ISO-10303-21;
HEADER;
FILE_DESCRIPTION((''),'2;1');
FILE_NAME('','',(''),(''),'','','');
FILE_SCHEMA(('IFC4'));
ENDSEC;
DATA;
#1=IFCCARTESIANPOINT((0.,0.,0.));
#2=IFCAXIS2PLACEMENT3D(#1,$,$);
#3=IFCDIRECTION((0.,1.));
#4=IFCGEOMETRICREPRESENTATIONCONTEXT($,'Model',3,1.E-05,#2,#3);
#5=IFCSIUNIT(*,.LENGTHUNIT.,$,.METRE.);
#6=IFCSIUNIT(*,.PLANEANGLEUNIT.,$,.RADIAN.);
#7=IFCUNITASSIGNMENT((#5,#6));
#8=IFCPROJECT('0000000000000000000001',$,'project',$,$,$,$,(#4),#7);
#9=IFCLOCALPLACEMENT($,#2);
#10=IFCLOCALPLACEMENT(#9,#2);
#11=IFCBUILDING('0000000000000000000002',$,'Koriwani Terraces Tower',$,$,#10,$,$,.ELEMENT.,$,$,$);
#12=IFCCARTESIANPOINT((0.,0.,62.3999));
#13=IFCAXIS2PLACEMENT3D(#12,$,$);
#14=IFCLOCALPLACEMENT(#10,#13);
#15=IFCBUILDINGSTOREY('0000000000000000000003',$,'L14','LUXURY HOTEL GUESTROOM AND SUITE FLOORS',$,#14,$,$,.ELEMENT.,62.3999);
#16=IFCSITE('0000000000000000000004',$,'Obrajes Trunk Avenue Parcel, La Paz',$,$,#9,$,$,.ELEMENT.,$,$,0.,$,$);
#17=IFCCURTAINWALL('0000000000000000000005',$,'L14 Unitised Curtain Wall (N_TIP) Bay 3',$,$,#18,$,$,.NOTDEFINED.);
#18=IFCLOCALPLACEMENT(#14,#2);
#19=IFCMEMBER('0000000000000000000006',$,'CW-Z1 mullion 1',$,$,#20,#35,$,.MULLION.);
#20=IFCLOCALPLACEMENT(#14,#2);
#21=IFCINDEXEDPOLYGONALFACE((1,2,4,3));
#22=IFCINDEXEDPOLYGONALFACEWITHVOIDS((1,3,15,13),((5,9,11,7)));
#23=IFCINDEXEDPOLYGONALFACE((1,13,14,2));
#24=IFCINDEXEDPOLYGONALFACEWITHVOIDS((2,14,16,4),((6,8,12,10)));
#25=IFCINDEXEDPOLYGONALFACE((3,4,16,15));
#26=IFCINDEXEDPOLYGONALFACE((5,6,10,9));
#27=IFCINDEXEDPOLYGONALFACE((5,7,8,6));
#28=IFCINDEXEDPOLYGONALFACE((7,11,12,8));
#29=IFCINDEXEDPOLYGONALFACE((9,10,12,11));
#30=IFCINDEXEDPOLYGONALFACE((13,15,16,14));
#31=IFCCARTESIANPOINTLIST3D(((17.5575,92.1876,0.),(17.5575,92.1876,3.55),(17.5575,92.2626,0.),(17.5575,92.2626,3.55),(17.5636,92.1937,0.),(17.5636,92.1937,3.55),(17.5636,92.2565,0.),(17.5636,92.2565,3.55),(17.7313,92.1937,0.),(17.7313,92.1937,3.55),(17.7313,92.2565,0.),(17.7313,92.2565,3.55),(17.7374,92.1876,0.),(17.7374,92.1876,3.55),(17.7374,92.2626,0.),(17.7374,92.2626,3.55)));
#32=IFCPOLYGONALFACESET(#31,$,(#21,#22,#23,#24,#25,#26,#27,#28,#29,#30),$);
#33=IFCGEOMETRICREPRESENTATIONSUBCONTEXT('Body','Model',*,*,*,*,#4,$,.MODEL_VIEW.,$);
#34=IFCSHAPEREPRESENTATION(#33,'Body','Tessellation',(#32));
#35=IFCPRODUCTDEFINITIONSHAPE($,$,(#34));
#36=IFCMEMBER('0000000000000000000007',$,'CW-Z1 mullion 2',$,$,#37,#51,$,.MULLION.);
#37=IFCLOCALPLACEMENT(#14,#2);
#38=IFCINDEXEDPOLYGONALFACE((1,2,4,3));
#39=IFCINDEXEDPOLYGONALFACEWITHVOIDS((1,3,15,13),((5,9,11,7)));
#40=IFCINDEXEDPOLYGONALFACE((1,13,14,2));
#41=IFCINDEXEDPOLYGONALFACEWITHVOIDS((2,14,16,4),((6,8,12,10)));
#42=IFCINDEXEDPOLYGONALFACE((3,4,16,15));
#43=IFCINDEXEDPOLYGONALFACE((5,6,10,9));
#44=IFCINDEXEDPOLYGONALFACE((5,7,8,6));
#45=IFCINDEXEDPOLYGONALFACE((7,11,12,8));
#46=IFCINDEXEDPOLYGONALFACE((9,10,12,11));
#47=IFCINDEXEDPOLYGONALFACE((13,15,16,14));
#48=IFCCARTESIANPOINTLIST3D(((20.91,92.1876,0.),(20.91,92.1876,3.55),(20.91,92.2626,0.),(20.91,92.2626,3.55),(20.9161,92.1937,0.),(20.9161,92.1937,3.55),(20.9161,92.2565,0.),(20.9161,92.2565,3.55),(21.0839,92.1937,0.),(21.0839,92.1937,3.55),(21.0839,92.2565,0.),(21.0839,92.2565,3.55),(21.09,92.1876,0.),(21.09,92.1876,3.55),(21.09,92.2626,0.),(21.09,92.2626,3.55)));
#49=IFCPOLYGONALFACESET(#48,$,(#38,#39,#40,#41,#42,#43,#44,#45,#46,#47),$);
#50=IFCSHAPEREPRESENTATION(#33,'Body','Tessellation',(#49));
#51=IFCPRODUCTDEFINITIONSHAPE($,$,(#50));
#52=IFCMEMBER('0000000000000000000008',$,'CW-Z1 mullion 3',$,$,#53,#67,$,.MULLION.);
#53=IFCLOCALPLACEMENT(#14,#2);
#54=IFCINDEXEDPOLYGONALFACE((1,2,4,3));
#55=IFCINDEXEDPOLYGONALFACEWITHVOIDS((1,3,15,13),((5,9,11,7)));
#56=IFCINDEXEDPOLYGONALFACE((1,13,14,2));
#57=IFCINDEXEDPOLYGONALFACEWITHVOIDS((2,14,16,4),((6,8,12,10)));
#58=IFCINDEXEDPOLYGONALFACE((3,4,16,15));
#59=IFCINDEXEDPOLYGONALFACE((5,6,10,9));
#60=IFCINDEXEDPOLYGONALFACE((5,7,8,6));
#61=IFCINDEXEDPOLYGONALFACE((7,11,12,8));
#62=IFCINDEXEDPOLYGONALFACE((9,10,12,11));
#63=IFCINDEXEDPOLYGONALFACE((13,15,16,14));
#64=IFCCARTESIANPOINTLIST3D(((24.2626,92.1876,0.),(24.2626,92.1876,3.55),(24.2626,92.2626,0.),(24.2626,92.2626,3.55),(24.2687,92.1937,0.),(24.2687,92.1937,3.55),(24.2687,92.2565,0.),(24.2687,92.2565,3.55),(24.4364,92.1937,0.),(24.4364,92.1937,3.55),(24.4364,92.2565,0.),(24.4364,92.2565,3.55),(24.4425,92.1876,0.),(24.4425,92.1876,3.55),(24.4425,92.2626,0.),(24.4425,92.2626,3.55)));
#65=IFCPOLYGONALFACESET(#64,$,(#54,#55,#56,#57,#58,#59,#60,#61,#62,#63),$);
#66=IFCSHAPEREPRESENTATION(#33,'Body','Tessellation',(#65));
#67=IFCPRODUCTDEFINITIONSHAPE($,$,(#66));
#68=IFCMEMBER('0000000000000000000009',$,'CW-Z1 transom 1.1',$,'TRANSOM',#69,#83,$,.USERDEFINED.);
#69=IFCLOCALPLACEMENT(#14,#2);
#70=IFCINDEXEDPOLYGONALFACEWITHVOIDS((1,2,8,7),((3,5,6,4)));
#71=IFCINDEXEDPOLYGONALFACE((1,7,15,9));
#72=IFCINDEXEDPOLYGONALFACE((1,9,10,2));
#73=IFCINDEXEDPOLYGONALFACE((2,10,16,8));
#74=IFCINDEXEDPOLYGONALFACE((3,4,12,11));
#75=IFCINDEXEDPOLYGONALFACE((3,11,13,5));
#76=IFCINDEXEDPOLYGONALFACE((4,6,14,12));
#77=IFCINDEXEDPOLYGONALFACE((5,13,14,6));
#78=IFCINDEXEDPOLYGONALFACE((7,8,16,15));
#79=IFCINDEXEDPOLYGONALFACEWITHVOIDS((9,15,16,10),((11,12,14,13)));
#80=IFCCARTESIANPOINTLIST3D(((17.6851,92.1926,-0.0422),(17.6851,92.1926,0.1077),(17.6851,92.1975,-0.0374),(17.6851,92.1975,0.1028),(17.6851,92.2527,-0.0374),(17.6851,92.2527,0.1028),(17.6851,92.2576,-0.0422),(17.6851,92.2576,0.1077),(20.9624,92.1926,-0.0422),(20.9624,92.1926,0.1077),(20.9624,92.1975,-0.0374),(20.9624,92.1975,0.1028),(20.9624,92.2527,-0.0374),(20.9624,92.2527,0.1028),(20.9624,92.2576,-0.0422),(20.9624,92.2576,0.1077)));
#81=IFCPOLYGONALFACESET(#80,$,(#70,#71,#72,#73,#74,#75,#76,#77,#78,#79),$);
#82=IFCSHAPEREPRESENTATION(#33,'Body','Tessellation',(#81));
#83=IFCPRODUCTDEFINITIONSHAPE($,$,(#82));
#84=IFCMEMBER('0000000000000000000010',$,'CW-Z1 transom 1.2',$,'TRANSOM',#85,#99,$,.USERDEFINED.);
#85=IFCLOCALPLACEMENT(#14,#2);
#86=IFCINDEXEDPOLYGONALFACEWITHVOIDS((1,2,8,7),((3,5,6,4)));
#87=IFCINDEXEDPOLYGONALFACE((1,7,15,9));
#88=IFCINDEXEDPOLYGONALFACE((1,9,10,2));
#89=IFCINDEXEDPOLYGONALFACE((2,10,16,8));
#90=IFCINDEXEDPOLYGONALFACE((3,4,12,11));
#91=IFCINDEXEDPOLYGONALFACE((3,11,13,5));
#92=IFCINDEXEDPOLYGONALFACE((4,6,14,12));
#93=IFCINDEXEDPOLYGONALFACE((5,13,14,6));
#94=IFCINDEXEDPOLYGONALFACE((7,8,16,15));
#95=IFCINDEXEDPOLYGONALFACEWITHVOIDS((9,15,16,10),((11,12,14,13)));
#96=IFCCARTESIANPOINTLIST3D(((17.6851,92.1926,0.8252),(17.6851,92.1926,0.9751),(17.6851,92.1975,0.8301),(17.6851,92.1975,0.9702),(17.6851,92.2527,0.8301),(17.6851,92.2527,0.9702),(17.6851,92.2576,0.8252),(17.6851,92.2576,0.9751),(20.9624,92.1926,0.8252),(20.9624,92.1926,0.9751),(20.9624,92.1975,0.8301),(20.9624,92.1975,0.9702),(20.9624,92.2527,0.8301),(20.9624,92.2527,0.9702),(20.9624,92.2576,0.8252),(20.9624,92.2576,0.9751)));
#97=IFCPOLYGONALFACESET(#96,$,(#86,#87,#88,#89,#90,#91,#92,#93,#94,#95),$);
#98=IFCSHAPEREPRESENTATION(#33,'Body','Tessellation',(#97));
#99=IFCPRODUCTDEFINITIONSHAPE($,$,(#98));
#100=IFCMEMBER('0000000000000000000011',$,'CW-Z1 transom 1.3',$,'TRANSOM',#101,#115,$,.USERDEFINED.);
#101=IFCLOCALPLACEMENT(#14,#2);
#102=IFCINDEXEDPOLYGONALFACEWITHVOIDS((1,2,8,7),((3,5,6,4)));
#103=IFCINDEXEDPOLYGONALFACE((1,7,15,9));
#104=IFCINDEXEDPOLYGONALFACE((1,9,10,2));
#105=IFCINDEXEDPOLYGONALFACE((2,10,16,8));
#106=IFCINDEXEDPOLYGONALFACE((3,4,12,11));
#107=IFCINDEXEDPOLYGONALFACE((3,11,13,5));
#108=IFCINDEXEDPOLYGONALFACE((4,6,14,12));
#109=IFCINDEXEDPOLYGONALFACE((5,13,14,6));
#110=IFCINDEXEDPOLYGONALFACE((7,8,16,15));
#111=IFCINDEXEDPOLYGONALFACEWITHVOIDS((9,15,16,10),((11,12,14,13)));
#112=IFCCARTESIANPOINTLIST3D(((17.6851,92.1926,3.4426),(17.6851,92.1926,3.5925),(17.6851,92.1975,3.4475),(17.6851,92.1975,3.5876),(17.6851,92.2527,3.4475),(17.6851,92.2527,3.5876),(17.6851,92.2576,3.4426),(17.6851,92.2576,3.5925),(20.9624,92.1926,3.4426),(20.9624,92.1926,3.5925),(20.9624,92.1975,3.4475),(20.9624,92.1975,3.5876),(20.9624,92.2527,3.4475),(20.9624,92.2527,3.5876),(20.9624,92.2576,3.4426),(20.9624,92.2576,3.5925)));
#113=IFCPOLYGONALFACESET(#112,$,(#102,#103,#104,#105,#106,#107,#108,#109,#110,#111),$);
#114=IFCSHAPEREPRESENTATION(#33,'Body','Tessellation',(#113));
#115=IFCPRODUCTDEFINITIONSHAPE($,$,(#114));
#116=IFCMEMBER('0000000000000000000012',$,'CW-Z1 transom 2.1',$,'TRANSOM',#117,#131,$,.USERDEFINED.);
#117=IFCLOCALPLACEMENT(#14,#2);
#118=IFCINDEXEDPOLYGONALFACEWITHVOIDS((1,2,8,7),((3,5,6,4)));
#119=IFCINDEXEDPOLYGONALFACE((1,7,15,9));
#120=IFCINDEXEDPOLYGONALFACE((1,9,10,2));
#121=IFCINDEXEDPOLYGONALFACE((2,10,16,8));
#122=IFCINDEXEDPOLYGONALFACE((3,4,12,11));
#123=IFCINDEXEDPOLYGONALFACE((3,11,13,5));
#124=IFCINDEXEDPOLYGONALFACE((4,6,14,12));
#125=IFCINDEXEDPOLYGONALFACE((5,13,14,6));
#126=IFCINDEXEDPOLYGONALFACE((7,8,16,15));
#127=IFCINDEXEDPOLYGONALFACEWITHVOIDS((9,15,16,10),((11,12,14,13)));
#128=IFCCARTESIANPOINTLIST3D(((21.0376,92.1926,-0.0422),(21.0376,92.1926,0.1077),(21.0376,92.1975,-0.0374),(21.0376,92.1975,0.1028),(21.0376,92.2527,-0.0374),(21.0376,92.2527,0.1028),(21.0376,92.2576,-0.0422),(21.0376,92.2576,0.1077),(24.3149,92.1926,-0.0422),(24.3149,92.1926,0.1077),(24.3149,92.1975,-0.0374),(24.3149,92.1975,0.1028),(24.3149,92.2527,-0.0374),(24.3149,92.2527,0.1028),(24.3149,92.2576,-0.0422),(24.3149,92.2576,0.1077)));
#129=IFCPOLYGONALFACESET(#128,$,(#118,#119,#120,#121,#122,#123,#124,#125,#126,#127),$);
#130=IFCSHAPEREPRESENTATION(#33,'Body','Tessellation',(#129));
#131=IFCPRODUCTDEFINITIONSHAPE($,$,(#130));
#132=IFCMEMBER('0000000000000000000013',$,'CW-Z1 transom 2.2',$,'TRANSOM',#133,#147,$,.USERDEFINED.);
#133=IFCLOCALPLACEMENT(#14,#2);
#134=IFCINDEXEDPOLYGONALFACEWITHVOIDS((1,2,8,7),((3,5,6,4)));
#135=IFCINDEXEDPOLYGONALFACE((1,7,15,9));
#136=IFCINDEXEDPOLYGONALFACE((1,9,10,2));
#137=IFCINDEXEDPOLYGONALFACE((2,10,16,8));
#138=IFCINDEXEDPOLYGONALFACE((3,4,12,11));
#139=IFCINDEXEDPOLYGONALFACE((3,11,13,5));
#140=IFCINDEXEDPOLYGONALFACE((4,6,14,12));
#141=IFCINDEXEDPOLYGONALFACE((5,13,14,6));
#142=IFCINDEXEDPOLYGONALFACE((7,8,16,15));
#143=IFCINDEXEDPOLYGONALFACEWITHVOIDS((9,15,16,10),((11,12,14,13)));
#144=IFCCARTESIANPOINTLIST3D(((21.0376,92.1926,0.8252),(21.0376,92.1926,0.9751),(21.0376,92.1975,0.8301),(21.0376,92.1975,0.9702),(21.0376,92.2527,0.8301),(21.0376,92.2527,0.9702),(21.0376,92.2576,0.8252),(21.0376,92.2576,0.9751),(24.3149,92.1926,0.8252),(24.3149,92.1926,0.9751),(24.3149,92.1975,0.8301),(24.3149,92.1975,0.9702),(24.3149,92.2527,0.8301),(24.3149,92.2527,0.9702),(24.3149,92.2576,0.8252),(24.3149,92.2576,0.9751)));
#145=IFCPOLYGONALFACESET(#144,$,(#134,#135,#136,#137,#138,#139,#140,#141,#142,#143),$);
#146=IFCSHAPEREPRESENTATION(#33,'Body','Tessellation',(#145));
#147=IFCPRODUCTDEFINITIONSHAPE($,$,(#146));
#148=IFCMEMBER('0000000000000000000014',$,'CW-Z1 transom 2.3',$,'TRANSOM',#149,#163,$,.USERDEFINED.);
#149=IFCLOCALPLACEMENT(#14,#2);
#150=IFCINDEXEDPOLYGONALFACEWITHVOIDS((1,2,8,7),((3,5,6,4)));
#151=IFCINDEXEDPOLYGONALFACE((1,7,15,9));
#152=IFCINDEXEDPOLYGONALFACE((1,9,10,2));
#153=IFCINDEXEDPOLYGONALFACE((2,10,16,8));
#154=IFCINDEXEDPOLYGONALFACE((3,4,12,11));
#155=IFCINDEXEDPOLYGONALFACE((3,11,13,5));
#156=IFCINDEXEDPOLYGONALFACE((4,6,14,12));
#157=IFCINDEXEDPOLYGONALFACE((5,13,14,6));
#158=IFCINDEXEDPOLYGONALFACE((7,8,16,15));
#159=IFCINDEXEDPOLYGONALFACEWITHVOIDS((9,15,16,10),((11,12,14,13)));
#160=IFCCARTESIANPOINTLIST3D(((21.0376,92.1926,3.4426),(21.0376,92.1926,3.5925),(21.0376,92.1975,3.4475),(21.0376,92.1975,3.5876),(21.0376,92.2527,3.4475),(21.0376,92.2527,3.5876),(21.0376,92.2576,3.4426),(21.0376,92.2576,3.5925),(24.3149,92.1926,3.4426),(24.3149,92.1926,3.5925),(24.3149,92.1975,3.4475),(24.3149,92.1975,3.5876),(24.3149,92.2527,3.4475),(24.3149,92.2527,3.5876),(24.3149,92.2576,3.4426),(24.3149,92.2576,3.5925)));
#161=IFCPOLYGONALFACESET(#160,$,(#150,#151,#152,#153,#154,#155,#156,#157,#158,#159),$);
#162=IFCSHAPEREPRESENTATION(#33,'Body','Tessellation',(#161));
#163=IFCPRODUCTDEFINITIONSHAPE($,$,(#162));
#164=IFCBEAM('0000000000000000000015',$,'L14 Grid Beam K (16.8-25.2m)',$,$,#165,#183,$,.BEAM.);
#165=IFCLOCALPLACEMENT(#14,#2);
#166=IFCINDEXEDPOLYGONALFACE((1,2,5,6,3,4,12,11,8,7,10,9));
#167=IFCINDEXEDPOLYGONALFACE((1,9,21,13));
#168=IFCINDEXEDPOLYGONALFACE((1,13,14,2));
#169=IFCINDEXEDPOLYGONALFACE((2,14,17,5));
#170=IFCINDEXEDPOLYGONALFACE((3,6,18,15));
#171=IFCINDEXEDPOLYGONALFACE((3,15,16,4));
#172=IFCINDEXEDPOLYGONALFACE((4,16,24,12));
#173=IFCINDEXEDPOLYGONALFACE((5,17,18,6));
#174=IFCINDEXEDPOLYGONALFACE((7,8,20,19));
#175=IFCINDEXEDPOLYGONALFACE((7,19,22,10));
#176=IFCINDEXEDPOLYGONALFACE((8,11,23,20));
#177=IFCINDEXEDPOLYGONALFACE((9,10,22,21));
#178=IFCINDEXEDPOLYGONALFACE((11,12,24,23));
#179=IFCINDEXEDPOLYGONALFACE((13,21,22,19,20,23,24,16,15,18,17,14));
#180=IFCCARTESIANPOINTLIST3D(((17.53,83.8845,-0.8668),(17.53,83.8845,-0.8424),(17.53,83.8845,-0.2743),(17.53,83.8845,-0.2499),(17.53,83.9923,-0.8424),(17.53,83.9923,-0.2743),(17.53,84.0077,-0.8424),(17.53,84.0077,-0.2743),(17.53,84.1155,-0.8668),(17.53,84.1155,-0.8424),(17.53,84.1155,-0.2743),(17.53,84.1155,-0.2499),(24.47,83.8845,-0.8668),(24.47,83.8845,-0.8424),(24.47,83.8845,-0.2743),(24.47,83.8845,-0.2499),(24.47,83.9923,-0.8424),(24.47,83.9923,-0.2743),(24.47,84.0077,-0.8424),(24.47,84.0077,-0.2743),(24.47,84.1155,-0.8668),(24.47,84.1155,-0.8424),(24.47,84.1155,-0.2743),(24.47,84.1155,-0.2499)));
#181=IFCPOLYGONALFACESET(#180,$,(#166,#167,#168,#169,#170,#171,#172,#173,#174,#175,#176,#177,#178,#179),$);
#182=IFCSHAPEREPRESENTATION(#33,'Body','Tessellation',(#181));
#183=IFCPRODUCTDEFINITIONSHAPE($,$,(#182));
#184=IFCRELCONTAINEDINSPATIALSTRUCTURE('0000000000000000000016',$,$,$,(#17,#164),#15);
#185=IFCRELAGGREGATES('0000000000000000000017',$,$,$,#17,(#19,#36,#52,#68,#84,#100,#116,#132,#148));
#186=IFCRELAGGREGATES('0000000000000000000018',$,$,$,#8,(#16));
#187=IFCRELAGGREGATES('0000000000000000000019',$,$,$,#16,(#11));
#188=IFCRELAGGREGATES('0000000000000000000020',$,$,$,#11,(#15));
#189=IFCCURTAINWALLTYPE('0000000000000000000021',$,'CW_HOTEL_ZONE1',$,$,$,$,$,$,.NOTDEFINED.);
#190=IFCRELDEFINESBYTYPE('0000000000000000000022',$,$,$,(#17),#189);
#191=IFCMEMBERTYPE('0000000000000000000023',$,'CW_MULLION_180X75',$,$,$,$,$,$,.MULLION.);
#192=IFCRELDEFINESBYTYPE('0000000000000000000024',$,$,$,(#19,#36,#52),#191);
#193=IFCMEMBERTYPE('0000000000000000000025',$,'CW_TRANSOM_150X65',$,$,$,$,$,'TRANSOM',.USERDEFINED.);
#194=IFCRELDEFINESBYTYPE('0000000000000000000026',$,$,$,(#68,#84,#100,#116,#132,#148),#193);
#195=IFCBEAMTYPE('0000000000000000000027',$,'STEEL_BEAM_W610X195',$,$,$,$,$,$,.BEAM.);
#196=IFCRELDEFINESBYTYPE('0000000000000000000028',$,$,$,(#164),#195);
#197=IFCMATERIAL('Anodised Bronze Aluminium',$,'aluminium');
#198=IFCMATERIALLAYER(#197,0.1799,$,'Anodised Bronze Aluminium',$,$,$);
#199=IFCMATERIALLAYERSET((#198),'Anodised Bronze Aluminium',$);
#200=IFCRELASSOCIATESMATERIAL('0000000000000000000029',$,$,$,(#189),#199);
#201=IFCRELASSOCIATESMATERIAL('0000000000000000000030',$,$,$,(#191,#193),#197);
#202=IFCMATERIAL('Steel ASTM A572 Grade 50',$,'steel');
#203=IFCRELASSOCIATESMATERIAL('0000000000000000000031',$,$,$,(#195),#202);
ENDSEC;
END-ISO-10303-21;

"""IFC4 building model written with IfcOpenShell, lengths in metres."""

from ifc_helpers import new_model, si_unit, direction, frame, origin, origin_2d, place, context, subcontext, project, spatial, hollow_rectangle, i_section, extrude, material, layer, layer_set, material_profile, profile_set, type_object, element, aggregate, save


model = new_model("IFC4")

# Units and contexts
model_context = context("Model", 3, precision=1e-05, world=origin(), true_north=direction((0.0, 1.0)))
body_context = subcontext(model_context, "Body", "Model", "MODEL_VIEW")
ifc_project = project(units=[si_unit("LENGTHUNIT", "METRE"), si_unit("PLANEANGLEUNIT", "RADIAN")], contexts=[model_context])

# Site, building, storey
site_placement = place(None, origin())
site = spatial("IfcSite", under=ifc_project, at=site_placement, Name="Obrajes Trunk Avenue Parcel, La Paz", CompositionType="ELEMENT", RefElevation=0.0)
building_placement = place(site_placement, origin())
building = spatial("IfcBuilding", under=site, at=building_placement, Name="Koriwani Terraces Tower", CompositionType="ELEMENT")
storey_placement = place(building_placement, frame((0.0, 0.0, 62.3999)))
storey = spatial("IfcBuildingStorey", under=building, at=storey_placement, Name="L14", Description="LUXURY HOTEL GUESTROOM AND SUITE FLOORS", CompositionType="ELEMENT", Elevation=62.3999)

# Curtain wall, members
ifc_material_1 = material(Name="Anodised Bronze Aluminium", Category="aluminium")
ifc_layer_1 = layer(ifc_material_1, 0.1799, Name="Anodised Bronze Aluminium")
ifc_layer_set_1 = layer_set([ifc_layer_1], Name="Anodised Bronze Aluminium")
curtain_wall_type = type_object("IfcCurtainWallType", Name="CW_HOTEL_ZONE1", PredefinedType="NOTDEFINED", material=ifc_layer_set_1)
curtain_wall_placement = place(storey_placement, origin())
curtain_wall = element("IfcCurtainWall", 1, at=curtain_wall_placement, inside=storey, type_object=curtain_wall_type, Name="L14 Unitised Curtain Wall (N_TIP) Bay 3", PredefinedType="NOTDEFINED")
ifc_material_profile_1 = material_profile(ifc_material_1, hollow_rectangle(XDim=0.075, YDim=0.1799, WallThickness=0.0061, at=origin_2d()), Name="Anodised Bronze Aluminium", Category="LoadBearing")
ifc_profile_set_1 = profile_set([ifc_material_profile_1], Name="Anodised Bronze Aluminium")
member_type_1 = type_object("IfcMemberType", Name="CW_MULLION_180X75", PredefinedType="MULLION", material=ifc_profile_set_1)
member_1_placement = place(storey_placement, frame((17.6475, 92.2251, 0.0), z_axis=(0.0, 0.0, 1.0), x_axis=(0.0, 1.0, 0.0)))
member_1 = element("IfcMember", 2, at=member_1_placement, type_object=member_type_1, Name="CW-Z1 mullion 1", PredefinedType="MULLION", context=body_context, shape_type="SweptSolid", body=[
    extrude(hollow_rectangle(XDim=0.075, YDim=0.1799, WallThickness=0.0061, at=origin_2d()), origin(), (0.0, 0.0, 1.0), 3.55),
])
member_2_placement = place(storey_placement, frame((21.0, 92.2251, 0.0), z_axis=(0.0, 0.0, 1.0), x_axis=(0.0, 1.0, 0.0)))
member_2 = element("IfcMember", 3, at=member_2_placement, type_object=member_type_1, Name="CW-Z1 mullion 2", PredefinedType="MULLION", context=body_context, shape_type="SweptSolid", body=[
    extrude(hollow_rectangle(XDim=0.075, YDim=0.1799, WallThickness=0.0061, at=origin_2d()), origin(), (0.0, 0.0, 1.0), 3.55),
])
member_3_placement = place(storey_placement, frame((24.3525, 92.2251, 0.0), z_axis=(0.0, 0.0, 1.0), x_axis=(0.0, 1.0, 0.0)))
member_3 = element("IfcMember", 4, at=member_3_placement, type_object=member_type_1, Name="CW-Z1 mullion 3", PredefinedType="MULLION", context=body_context, shape_type="SweptSolid", body=[
    extrude(hollow_rectangle(XDim=0.075, YDim=0.1799, WallThickness=0.0061, at=origin_2d()), origin(), (0.0, 0.0, 1.0), 3.55),
])
ifc_material_profile_2 = material_profile(ifc_material_1, hollow_rectangle(XDim=0.0649, YDim=0.1499, WallThickness=0.0049, at=origin_2d()), Name="Anodised Bronze Aluminium", Category="LoadBearing")
ifc_profile_set_2 = profile_set([ifc_material_profile_2], Name="Anodised Bronze Aluminium")
member_type_2 = type_object("IfcMemberType", Name="CW_TRANSOM_150X65", ElementType="TRANSOM", PredefinedType="USERDEFINED", material=ifc_profile_set_2)
member_4_placement = place(storey_placement, frame((17.6851, 92.2251, 0.0327), z_axis=(1.0, 0.0, 0.0), x_axis=(0.0, 1.0, 0.0)))
member_4 = element("IfcMember", 5, at=member_4_placement, type_object=member_type_2, Name="CW-Z1 transom 1.1", ObjectType="TRANSOM", PredefinedType="USERDEFINED", context=body_context, shape_type="SweptSolid", body=[
    extrude(hollow_rectangle(XDim=0.0649, YDim=0.1499, WallThickness=0.0049, at=origin_2d()), origin(), (0.0, 0.0, 1.0), 3.2773),
])
member_5_placement = place(storey_placement, frame((17.6851, 92.2251, 0.9001), z_axis=(1.0, 0.0, 0.0), x_axis=(0.0, 1.0, 0.0)))
member_5 = element("IfcMember", 6, at=member_5_placement, type_object=member_type_2, Name="CW-Z1 transom 1.2", ObjectType="TRANSOM", PredefinedType="USERDEFINED", context=body_context, shape_type="SweptSolid", body=[
    extrude(hollow_rectangle(XDim=0.0649, YDim=0.1499, WallThickness=0.0049, at=origin_2d()), origin(), (0.0, 0.0, 1.0), 3.2773),
])
member_6_placement = place(storey_placement, frame((17.6851, 92.2251, 3.5176), z_axis=(1.0, 0.0, 0.0), x_axis=(0.0, 1.0, 0.0)))
member_6 = element("IfcMember", 7, at=member_6_placement, type_object=member_type_2, Name="CW-Z1 transom 1.3", ObjectType="TRANSOM", PredefinedType="USERDEFINED", context=body_context, shape_type="SweptSolid", body=[
    extrude(hollow_rectangle(XDim=0.0649, YDim=0.1499, WallThickness=0.0049, at=origin_2d()), origin(), (0.0, 0.0, 1.0), 3.2773),
])
member_7_placement = place(storey_placement, frame((21.0376, 92.2251, 0.0327), z_axis=(1.0, 0.0, 0.0), x_axis=(0.0, 1.0, 0.0)))
member_7 = element("IfcMember", 8, at=member_7_placement, type_object=member_type_2, Name="CW-Z1 transom 2.1", ObjectType="TRANSOM", PredefinedType="USERDEFINED", context=body_context, shape_type="SweptSolid", body=[
    extrude(hollow_rectangle(XDim=0.0649, YDim=0.1499, WallThickness=0.0049, at=origin_2d()), origin(), (0.0, 0.0, 1.0), 3.2773),
])
member_8_placement = place(storey_placement, frame((21.0376, 92.2251, 0.9001), z_axis=(1.0, 0.0, 0.0), x_axis=(0.0, 1.0, 0.0)))
member_8 = element("IfcMember", 9, at=member_8_placement, type_object=member_type_2, Name="CW-Z1 transom 2.2", ObjectType="TRANSOM", PredefinedType="USERDEFINED", context=body_context, shape_type="SweptSolid", body=[
    extrude(hollow_rectangle(XDim=0.0649, YDim=0.1499, WallThickness=0.0049, at=origin_2d()), origin(), (0.0, 0.0, 1.0), 3.2773),
])
member_9_placement = place(storey_placement, frame((21.0376, 92.2251, 3.5176), z_axis=(1.0, 0.0, 0.0), x_axis=(0.0, 1.0, 0.0)))
member_9 = element("IfcMember", 10, at=member_9_placement, type_object=member_type_2, Name="CW-Z1 transom 2.3", ObjectType="TRANSOM", PredefinedType="USERDEFINED", context=body_context, shape_type="SweptSolid", body=[
    extrude(hollow_rectangle(XDim=0.0649, YDim=0.1499, WallThickness=0.0049, at=origin_2d()), origin(), (0.0, 0.0, 1.0), 3.2773),
])

# Beam
ifc_material_2 = material(Name="Steel ASTM A572 Grade 50", Category="steel")
ifc_material_profile_3 = material_profile(ifc_material_2, i_section(OverallWidth=0.231, OverallDepth=0.6169, WebThickness=0.0154, FlangeThickness=0.0244, at=origin_2d()), Name="Steel ASTM A572 Grade 50", Category="LoadBearing")
ifc_profile_set_3 = profile_set([ifc_material_profile_3], Name="Steel ASTM A572 Grade 50")
beam_type = type_object("IfcBeamType", Name="STEEL_BEAM_W610X195", PredefinedType="BEAM", material=ifc_profile_set_3)
beam_placement = place(storey_placement, frame((17.53, 84.0, -0.5583), z_axis=(1.0, 0.0, 0.0), x_axis=(0.0, 1.0, 0.0)))
element("IfcBeam", 11, at=beam_placement, inside=storey, type_object=beam_type, Name="L14 Grid Beam K (16.8-25.2m)", PredefinedType="BEAM", context=body_context, shape_type="SweptSolid", body=[
    extrude(i_section(OverallWidth=0.231, OverallDepth=0.6169, WebThickness=0.0154, FlangeThickness=0.0244, at=origin_2d()), origin(), (0.0, 0.0, 1.0), 6.9399),
])

aggregate(curtain_wall, [member_1, member_2, member_3, member_4, member_5, member_6, member_7, member_8, member_9])

save(model, "model.ifc")
